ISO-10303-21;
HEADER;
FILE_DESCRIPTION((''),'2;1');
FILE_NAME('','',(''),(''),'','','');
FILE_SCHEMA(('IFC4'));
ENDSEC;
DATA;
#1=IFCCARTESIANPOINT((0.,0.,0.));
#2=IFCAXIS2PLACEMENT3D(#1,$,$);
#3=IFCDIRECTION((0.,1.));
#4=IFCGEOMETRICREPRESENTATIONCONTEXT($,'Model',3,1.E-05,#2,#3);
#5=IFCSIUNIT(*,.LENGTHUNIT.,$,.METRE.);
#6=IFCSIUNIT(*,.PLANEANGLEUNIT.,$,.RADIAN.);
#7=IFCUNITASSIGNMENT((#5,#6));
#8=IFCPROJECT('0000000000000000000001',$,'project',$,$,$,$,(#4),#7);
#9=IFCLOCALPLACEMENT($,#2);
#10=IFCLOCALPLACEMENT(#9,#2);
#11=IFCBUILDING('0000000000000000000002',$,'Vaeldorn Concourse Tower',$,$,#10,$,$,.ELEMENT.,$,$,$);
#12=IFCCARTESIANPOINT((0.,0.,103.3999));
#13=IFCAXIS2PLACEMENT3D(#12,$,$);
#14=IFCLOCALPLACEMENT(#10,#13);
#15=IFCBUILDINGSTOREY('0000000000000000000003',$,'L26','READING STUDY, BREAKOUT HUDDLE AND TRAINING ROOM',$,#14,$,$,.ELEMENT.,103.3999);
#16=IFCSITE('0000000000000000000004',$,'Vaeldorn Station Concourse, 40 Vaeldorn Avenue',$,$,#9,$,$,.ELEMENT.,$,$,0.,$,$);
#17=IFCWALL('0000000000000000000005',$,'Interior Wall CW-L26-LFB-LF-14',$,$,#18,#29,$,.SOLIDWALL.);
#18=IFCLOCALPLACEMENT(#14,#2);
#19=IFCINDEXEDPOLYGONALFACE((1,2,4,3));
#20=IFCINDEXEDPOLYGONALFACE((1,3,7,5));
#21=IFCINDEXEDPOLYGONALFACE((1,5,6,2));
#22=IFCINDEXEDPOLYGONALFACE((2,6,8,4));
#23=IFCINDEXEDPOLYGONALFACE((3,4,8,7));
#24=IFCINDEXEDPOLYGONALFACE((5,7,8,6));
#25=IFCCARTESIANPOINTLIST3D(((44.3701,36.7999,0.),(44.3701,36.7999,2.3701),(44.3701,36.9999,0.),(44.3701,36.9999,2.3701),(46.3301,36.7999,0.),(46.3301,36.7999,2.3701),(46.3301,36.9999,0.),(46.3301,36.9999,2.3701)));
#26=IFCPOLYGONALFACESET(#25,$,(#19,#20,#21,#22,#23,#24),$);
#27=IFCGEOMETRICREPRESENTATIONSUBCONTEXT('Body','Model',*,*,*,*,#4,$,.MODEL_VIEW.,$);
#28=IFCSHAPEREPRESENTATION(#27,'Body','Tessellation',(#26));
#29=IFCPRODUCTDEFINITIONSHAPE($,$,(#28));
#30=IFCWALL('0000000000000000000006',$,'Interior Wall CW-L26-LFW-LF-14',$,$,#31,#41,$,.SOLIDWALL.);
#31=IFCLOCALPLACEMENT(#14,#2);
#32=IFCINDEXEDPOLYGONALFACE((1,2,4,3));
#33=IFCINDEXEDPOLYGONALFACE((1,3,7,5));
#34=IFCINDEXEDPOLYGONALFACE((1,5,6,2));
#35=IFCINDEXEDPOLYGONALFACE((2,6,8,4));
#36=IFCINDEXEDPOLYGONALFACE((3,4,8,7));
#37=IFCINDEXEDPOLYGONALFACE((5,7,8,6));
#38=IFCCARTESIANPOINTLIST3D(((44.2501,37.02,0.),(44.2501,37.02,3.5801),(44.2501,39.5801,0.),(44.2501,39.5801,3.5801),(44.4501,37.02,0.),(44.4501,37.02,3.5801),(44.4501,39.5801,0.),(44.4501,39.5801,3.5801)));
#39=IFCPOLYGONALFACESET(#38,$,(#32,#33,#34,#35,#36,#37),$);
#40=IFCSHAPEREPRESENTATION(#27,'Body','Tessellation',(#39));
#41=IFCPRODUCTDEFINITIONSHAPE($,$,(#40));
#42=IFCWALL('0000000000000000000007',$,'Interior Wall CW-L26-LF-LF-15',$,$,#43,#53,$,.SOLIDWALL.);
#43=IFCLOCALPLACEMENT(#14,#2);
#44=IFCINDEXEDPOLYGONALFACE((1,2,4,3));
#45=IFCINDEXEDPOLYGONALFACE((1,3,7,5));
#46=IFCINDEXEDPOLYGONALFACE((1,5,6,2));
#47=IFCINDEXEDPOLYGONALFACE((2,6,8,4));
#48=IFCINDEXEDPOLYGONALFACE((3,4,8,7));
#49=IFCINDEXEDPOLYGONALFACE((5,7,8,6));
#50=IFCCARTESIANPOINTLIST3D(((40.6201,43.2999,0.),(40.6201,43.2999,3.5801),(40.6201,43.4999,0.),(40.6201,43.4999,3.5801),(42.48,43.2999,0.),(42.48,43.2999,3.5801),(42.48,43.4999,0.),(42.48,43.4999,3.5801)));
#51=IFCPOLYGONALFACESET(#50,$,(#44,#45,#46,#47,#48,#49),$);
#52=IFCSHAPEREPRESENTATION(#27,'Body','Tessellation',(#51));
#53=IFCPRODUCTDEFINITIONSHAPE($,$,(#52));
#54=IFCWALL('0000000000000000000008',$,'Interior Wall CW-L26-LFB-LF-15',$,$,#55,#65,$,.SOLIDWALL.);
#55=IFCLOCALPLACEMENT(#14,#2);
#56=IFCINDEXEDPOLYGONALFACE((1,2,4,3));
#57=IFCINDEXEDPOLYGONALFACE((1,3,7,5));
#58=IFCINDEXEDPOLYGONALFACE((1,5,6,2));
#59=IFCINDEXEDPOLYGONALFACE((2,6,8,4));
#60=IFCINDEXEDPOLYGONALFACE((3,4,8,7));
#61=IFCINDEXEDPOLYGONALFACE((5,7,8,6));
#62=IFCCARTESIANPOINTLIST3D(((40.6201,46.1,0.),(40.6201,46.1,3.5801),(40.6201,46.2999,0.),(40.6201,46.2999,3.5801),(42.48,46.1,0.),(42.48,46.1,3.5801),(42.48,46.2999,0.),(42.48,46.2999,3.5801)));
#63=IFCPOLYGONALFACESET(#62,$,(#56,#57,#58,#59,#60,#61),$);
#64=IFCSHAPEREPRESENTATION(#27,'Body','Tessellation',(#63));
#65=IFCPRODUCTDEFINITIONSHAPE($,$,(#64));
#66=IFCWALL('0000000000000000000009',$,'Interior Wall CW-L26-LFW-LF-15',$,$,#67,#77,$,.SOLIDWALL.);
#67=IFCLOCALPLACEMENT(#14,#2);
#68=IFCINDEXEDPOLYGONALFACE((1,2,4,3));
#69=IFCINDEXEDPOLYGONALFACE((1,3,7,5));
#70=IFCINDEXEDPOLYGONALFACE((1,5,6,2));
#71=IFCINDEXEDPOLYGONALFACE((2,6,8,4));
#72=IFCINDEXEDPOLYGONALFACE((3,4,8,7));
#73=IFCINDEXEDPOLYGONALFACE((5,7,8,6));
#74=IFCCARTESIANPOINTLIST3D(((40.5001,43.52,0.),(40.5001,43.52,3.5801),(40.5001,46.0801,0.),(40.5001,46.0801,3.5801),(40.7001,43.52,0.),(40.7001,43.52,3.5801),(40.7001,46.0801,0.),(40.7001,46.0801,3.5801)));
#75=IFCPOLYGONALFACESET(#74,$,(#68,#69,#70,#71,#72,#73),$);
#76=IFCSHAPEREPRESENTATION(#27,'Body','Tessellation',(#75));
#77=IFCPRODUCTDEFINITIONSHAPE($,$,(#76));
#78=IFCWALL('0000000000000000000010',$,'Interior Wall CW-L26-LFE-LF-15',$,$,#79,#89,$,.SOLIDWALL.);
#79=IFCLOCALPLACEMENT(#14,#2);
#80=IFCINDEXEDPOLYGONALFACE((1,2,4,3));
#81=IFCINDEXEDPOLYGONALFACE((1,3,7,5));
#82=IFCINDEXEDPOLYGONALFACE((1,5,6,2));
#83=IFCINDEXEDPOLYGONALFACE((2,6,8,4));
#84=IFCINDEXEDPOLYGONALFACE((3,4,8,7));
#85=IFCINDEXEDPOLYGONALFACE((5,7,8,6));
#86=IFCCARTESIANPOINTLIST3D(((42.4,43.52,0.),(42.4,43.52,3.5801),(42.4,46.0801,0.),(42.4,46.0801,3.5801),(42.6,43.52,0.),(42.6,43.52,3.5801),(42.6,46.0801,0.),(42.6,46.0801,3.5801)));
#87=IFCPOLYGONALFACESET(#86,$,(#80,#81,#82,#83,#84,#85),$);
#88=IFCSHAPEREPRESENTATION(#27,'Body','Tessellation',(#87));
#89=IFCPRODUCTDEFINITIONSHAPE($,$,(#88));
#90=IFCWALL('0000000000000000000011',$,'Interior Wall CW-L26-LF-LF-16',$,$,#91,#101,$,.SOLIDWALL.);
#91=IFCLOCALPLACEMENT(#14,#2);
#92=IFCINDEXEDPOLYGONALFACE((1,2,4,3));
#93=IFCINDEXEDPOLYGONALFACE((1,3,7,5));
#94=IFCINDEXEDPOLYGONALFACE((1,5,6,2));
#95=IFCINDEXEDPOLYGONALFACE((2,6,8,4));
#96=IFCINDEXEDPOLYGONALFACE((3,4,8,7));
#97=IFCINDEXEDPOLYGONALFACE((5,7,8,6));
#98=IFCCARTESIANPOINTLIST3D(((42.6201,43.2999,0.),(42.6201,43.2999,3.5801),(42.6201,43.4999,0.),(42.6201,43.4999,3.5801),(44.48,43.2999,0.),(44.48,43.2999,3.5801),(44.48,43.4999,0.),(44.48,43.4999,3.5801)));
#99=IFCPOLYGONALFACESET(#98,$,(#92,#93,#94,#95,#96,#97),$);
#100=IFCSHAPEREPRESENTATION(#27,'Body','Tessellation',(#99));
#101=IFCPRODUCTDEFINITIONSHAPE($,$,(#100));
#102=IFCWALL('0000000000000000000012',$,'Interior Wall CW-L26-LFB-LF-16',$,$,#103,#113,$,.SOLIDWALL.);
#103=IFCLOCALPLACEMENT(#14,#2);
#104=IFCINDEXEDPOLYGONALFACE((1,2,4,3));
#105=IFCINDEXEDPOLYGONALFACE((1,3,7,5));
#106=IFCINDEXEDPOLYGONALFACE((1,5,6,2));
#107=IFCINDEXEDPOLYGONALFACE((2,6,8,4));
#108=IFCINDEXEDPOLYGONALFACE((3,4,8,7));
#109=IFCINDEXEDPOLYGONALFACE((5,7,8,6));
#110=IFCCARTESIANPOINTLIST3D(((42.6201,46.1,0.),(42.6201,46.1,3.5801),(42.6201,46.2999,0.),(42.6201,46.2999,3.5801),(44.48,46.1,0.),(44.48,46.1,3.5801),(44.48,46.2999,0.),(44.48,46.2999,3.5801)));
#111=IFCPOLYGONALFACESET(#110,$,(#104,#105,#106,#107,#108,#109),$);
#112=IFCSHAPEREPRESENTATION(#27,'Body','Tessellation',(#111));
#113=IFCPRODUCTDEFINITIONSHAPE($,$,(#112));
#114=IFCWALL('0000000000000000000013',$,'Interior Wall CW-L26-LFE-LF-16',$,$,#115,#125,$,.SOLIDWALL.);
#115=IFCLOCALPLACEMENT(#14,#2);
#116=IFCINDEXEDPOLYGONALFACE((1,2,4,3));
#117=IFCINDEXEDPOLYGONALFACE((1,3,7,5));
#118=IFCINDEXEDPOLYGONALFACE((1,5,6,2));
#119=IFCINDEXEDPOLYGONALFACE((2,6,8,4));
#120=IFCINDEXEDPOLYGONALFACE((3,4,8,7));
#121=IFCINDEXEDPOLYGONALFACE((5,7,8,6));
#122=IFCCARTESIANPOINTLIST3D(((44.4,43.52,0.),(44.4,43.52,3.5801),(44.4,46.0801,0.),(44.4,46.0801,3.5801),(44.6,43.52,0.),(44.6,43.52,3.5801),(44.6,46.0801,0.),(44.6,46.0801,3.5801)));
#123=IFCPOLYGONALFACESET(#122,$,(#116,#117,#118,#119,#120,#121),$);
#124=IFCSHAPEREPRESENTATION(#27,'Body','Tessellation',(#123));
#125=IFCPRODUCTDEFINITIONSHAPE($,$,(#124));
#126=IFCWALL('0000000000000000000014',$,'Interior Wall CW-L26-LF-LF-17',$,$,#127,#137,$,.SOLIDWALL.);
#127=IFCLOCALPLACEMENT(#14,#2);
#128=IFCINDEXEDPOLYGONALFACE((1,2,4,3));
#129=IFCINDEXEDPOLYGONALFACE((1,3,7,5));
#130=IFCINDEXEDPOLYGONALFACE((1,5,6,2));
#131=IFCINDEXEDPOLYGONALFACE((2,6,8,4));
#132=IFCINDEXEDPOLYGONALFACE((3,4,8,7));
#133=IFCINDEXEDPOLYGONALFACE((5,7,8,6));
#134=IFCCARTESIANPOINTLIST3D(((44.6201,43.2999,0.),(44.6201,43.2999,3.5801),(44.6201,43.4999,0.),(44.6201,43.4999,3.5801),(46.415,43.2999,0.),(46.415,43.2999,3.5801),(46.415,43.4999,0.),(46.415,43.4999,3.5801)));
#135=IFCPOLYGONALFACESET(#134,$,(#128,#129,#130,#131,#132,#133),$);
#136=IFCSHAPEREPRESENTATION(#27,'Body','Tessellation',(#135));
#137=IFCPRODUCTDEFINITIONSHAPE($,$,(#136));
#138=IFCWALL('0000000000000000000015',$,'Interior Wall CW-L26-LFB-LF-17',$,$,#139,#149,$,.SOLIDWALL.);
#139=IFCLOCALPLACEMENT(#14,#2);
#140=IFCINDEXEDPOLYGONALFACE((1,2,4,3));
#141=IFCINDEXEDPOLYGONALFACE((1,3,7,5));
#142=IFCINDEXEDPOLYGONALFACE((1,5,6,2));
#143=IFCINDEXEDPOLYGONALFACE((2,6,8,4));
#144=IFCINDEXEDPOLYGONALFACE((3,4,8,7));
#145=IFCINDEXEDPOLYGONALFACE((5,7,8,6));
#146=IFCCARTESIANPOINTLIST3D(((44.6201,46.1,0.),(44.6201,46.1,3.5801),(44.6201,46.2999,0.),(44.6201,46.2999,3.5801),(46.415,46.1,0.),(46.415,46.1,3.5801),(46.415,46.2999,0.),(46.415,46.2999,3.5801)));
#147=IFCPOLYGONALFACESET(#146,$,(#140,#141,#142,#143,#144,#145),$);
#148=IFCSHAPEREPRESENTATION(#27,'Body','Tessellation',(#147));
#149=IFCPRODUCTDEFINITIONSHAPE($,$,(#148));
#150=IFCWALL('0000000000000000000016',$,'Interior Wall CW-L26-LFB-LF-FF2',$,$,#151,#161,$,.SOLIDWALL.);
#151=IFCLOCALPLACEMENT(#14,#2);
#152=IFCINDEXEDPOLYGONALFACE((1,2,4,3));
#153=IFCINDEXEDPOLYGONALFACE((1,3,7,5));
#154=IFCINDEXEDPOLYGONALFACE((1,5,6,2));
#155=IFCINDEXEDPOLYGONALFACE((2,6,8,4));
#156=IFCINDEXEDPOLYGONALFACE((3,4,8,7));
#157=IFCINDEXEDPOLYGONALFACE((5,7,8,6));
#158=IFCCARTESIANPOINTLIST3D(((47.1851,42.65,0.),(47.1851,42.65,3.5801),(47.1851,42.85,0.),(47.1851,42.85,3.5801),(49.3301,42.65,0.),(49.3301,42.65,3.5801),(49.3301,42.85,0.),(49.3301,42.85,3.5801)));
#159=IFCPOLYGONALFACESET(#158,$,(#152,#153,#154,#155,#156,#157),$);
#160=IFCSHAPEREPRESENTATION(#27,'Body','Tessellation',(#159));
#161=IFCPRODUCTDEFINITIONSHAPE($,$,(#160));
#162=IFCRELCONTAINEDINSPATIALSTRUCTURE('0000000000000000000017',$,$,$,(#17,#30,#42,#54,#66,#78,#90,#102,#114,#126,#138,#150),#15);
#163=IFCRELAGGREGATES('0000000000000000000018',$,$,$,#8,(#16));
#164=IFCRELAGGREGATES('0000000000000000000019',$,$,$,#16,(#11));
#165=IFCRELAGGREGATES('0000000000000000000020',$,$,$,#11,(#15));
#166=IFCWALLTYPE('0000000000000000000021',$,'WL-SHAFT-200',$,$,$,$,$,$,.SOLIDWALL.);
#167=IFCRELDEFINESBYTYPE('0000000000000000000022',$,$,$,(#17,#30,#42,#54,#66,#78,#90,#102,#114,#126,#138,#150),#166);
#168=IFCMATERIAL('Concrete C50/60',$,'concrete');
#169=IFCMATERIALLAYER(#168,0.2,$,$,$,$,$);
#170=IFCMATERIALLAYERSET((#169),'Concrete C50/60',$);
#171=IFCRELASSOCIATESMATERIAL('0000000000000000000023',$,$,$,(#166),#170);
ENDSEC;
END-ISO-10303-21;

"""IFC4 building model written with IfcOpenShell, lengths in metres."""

from ifc_helpers import new_model, si_unit, direction, frame, frame_2d, origin, place, context, subcontext, project, spatial, rectangle, extrude, material, layer, layer_set, type_object, element, save


model = new_model("IFC4")

# Units and contexts
model_context = context("Model", 3, precision=1e-05, world=origin(), true_north=direction((0.0, 1.0)))
body_context = subcontext(model_context, "Body", "Model", "MODEL_VIEW")
ifc_project = project(units=[si_unit("LENGTHUNIT", "METRE"), si_unit("PLANEANGLEUNIT", "RADIAN")], contexts=[model_context])

# Site, building, storey
site_placement = place(None, origin())
site = spatial("IfcSite", under=ifc_project, at=site_placement, Name="Vaeldorn Station Concourse, 40 Vaeldorn Avenue", CompositionType="ELEMENT", RefElevation=0.0)
building_placement = place(site_placement, origin())
building = spatial("IfcBuilding", under=site, at=building_placement, Name="Vaeldorn Concourse Tower", CompositionType="ELEMENT")
storey_placement = place(building_placement, frame((0.0, 0.0, 103.3999)))
storey = spatial("IfcBuildingStorey", under=building, at=storey_placement, Name="L26", Description="READING STUDY, BREAKOUT HUDDLE AND TRAINING ROOM", CompositionType="ELEMENT", Elevation=103.3999)

# Shared definitions
ifc_material_1 = material(Name="Concrete C50/60", Category="concrete")
ifc_layer_1 = layer(ifc_material_1, 0.2)
ifc_layer_set_1 = layer_set([ifc_layer_1], Name="Concrete C50/60")
wall_type_1 = type_object("IfcWallType", Name="WL-SHAFT-200", PredefinedType="SOLIDWALL", material=ifc_layer_set_1)

# Walls
wall_1_placement = place(storey_placement, frame((44.3701, 36.8999, 0.0), z_axis=(0.0, 0.0, 1.0), x_axis=(1.0, 0.0, 0.0)))
element("IfcWall", 1, at=wall_1_placement, inside=storey, type_object=wall_type_1, Name="Interior Wall CW-L26-LFB-LF-14", PredefinedType="SOLIDWALL", context=body_context, shape_type="SweptSolid", body=[
    extrude(rectangle(XDim=1.96, YDim=0.2, at=frame_2d((0.98, 0.0))), origin(), (0.0, 0.0, 1.0), 2.3701),
])
wall_2_placement = place(storey_placement, frame((44.3501, 37.02, 0.0), z_axis=(0.0, 0.0, 1.0), x_axis=(0.0, 1.0, 0.0)))
element("IfcWall", 2, at=wall_2_placement, inside=storey, type_object=wall_type_1, Name="Interior Wall CW-L26-LFW-LF-14", PredefinedType="SOLIDWALL", context=body_context, shape_type="SweptSolid", body=[
    extrude(rectangle(XDim=2.5601, YDim=0.2, at=frame_2d((1.28, 0.0))), origin(), (0.0, 0.0, 1.0), 3.5801),
])
for number, where, z_axis, x_axis, name in (
    (3, (40.6201, 43.3999, 0.0), (0.0, 0.0, 1.0), (1.0, 0.0, 0.0), "Interior Wall CW-L26-LF-LF-15"),
    (4, (40.6201, 46.2, 0.0), (0.0, 0.0, 1.0), (1.0, 0.0, 0.0), "Interior Wall CW-L26-LFB-LF-15"),
):
    element("IfcWall", number, at=place(storey_placement, frame(where, z_axis=z_axis, x_axis=x_axis)), inside=storey, type_object=wall_type_1, Name=name, PredefinedType="SOLIDWALL", context=body_context, shape_type="SweptSolid", body=[
        extrude(rectangle(XDim=1.8599, YDim=0.2, at=frame_2d((0.9299, 0.0))), origin(), (0.0, 0.0, 1.0), 3.5801),
    ])
for number, where, z_axis, x_axis, name in (
    (5, (40.6001, 43.52, 0.0), (0.0, 0.0, 1.0), (0.0, 1.0, 0.0), "Interior Wall CW-L26-LFW-LF-15"),
    (6, (42.5, 43.52, 0.0), (0.0, 0.0, 1.0), (0.0, 1.0, 0.0), "Interior Wall CW-L26-LFE-LF-15"),
):
    element("IfcWall", number, at=place(storey_placement, frame(where, z_axis=z_axis, x_axis=x_axis)), inside=storey, type_object=wall_type_1, Name=name, PredefinedType="SOLIDWALL", context=body_context, shape_type="SweptSolid", body=[
        extrude(rectangle(XDim=2.5601, YDim=0.2, at=frame_2d((1.28, 0.0))), origin(), (0.0, 0.0, 1.0), 3.5801),
    ])
for number, where, z_axis, x_axis, name in (
    (7, (42.6201, 43.3999, 0.0), (0.0, 0.0, 1.0), (1.0, 0.0, 0.0), "Interior Wall CW-L26-LF-LF-16"),
    (8, (42.6201, 46.2, 0.0), (0.0, 0.0, 1.0), (1.0, 0.0, 0.0), "Interior Wall CW-L26-LFB-LF-16"),
):
    element("IfcWall", number, at=place(storey_placement, frame(where, z_axis=z_axis, x_axis=x_axis)), inside=storey, type_object=wall_type_1, Name=name, PredefinedType="SOLIDWALL", context=body_context, shape_type="SweptSolid", body=[
        extrude(rectangle(XDim=1.8599, YDim=0.2, at=frame_2d((0.9299, 0.0))), origin(), (0.0, 0.0, 1.0), 3.5801),
    ])
wall_3_placement = place(storey_placement, frame((44.5, 43.52, 0.0), z_axis=(0.0, 0.0, 1.0), x_axis=(0.0, 1.0, 0.0)))
element("IfcWall", 9, at=wall_3_placement, inside=storey, type_object=wall_type_1, Name="Interior Wall CW-L26-LFE-LF-16", PredefinedType="SOLIDWALL", context=body_context, shape_type="SweptSolid", body=[
    extrude(rectangle(XDim=2.5601, YDim=0.2, at=frame_2d((1.28, 0.0))), origin(), (0.0, 0.0, 1.0), 3.5801),
])
for number, where, z_axis, x_axis, name in (
    (10, (44.6201, 43.3999, 0.0), (0.0, 0.0, 1.0), (1.0, 0.0, 0.0), "Interior Wall CW-L26-LF-LF-17"),
    (11, (44.6201, 46.2, 0.0), (0.0, 0.0, 1.0), (1.0, 0.0, 0.0), "Interior Wall CW-L26-LFB-LF-17"),
):
    element("IfcWall", number, at=place(storey_placement, frame(where, z_axis=z_axis, x_axis=x_axis)), inside=storey, type_object=wall_type_1, Name=name, PredefinedType="SOLIDWALL", context=body_context, shape_type="SweptSolid", body=[
        extrude(rectangle(XDim=1.7949, YDim=0.2, at=frame_2d((0.8975, 0.0))), origin(), (0.0, 0.0, 1.0), 3.5801),
    ])

# Wall
wall_4_placement = place(storey_placement, frame((47.1851, 42.75, 0.0), z_axis=(0.0, 0.0, 1.0), x_axis=(1.0, 0.0, 0.0)))
element("IfcWall", 12, at=wall_4_placement, inside=storey, type_object=wall_type_1, Name="Interior Wall CW-L26-LFB-LF-FF2", PredefinedType="SOLIDWALL", context=body_context, shape_type="SweptSolid", body=[
    extrude(rectangle(XDim=2.145, YDim=0.2, at=frame_2d((1.0725, 0.0))), origin(), (0.0, 0.0, 1.0), 3.5801),
])

save(model, "model.ifc")
